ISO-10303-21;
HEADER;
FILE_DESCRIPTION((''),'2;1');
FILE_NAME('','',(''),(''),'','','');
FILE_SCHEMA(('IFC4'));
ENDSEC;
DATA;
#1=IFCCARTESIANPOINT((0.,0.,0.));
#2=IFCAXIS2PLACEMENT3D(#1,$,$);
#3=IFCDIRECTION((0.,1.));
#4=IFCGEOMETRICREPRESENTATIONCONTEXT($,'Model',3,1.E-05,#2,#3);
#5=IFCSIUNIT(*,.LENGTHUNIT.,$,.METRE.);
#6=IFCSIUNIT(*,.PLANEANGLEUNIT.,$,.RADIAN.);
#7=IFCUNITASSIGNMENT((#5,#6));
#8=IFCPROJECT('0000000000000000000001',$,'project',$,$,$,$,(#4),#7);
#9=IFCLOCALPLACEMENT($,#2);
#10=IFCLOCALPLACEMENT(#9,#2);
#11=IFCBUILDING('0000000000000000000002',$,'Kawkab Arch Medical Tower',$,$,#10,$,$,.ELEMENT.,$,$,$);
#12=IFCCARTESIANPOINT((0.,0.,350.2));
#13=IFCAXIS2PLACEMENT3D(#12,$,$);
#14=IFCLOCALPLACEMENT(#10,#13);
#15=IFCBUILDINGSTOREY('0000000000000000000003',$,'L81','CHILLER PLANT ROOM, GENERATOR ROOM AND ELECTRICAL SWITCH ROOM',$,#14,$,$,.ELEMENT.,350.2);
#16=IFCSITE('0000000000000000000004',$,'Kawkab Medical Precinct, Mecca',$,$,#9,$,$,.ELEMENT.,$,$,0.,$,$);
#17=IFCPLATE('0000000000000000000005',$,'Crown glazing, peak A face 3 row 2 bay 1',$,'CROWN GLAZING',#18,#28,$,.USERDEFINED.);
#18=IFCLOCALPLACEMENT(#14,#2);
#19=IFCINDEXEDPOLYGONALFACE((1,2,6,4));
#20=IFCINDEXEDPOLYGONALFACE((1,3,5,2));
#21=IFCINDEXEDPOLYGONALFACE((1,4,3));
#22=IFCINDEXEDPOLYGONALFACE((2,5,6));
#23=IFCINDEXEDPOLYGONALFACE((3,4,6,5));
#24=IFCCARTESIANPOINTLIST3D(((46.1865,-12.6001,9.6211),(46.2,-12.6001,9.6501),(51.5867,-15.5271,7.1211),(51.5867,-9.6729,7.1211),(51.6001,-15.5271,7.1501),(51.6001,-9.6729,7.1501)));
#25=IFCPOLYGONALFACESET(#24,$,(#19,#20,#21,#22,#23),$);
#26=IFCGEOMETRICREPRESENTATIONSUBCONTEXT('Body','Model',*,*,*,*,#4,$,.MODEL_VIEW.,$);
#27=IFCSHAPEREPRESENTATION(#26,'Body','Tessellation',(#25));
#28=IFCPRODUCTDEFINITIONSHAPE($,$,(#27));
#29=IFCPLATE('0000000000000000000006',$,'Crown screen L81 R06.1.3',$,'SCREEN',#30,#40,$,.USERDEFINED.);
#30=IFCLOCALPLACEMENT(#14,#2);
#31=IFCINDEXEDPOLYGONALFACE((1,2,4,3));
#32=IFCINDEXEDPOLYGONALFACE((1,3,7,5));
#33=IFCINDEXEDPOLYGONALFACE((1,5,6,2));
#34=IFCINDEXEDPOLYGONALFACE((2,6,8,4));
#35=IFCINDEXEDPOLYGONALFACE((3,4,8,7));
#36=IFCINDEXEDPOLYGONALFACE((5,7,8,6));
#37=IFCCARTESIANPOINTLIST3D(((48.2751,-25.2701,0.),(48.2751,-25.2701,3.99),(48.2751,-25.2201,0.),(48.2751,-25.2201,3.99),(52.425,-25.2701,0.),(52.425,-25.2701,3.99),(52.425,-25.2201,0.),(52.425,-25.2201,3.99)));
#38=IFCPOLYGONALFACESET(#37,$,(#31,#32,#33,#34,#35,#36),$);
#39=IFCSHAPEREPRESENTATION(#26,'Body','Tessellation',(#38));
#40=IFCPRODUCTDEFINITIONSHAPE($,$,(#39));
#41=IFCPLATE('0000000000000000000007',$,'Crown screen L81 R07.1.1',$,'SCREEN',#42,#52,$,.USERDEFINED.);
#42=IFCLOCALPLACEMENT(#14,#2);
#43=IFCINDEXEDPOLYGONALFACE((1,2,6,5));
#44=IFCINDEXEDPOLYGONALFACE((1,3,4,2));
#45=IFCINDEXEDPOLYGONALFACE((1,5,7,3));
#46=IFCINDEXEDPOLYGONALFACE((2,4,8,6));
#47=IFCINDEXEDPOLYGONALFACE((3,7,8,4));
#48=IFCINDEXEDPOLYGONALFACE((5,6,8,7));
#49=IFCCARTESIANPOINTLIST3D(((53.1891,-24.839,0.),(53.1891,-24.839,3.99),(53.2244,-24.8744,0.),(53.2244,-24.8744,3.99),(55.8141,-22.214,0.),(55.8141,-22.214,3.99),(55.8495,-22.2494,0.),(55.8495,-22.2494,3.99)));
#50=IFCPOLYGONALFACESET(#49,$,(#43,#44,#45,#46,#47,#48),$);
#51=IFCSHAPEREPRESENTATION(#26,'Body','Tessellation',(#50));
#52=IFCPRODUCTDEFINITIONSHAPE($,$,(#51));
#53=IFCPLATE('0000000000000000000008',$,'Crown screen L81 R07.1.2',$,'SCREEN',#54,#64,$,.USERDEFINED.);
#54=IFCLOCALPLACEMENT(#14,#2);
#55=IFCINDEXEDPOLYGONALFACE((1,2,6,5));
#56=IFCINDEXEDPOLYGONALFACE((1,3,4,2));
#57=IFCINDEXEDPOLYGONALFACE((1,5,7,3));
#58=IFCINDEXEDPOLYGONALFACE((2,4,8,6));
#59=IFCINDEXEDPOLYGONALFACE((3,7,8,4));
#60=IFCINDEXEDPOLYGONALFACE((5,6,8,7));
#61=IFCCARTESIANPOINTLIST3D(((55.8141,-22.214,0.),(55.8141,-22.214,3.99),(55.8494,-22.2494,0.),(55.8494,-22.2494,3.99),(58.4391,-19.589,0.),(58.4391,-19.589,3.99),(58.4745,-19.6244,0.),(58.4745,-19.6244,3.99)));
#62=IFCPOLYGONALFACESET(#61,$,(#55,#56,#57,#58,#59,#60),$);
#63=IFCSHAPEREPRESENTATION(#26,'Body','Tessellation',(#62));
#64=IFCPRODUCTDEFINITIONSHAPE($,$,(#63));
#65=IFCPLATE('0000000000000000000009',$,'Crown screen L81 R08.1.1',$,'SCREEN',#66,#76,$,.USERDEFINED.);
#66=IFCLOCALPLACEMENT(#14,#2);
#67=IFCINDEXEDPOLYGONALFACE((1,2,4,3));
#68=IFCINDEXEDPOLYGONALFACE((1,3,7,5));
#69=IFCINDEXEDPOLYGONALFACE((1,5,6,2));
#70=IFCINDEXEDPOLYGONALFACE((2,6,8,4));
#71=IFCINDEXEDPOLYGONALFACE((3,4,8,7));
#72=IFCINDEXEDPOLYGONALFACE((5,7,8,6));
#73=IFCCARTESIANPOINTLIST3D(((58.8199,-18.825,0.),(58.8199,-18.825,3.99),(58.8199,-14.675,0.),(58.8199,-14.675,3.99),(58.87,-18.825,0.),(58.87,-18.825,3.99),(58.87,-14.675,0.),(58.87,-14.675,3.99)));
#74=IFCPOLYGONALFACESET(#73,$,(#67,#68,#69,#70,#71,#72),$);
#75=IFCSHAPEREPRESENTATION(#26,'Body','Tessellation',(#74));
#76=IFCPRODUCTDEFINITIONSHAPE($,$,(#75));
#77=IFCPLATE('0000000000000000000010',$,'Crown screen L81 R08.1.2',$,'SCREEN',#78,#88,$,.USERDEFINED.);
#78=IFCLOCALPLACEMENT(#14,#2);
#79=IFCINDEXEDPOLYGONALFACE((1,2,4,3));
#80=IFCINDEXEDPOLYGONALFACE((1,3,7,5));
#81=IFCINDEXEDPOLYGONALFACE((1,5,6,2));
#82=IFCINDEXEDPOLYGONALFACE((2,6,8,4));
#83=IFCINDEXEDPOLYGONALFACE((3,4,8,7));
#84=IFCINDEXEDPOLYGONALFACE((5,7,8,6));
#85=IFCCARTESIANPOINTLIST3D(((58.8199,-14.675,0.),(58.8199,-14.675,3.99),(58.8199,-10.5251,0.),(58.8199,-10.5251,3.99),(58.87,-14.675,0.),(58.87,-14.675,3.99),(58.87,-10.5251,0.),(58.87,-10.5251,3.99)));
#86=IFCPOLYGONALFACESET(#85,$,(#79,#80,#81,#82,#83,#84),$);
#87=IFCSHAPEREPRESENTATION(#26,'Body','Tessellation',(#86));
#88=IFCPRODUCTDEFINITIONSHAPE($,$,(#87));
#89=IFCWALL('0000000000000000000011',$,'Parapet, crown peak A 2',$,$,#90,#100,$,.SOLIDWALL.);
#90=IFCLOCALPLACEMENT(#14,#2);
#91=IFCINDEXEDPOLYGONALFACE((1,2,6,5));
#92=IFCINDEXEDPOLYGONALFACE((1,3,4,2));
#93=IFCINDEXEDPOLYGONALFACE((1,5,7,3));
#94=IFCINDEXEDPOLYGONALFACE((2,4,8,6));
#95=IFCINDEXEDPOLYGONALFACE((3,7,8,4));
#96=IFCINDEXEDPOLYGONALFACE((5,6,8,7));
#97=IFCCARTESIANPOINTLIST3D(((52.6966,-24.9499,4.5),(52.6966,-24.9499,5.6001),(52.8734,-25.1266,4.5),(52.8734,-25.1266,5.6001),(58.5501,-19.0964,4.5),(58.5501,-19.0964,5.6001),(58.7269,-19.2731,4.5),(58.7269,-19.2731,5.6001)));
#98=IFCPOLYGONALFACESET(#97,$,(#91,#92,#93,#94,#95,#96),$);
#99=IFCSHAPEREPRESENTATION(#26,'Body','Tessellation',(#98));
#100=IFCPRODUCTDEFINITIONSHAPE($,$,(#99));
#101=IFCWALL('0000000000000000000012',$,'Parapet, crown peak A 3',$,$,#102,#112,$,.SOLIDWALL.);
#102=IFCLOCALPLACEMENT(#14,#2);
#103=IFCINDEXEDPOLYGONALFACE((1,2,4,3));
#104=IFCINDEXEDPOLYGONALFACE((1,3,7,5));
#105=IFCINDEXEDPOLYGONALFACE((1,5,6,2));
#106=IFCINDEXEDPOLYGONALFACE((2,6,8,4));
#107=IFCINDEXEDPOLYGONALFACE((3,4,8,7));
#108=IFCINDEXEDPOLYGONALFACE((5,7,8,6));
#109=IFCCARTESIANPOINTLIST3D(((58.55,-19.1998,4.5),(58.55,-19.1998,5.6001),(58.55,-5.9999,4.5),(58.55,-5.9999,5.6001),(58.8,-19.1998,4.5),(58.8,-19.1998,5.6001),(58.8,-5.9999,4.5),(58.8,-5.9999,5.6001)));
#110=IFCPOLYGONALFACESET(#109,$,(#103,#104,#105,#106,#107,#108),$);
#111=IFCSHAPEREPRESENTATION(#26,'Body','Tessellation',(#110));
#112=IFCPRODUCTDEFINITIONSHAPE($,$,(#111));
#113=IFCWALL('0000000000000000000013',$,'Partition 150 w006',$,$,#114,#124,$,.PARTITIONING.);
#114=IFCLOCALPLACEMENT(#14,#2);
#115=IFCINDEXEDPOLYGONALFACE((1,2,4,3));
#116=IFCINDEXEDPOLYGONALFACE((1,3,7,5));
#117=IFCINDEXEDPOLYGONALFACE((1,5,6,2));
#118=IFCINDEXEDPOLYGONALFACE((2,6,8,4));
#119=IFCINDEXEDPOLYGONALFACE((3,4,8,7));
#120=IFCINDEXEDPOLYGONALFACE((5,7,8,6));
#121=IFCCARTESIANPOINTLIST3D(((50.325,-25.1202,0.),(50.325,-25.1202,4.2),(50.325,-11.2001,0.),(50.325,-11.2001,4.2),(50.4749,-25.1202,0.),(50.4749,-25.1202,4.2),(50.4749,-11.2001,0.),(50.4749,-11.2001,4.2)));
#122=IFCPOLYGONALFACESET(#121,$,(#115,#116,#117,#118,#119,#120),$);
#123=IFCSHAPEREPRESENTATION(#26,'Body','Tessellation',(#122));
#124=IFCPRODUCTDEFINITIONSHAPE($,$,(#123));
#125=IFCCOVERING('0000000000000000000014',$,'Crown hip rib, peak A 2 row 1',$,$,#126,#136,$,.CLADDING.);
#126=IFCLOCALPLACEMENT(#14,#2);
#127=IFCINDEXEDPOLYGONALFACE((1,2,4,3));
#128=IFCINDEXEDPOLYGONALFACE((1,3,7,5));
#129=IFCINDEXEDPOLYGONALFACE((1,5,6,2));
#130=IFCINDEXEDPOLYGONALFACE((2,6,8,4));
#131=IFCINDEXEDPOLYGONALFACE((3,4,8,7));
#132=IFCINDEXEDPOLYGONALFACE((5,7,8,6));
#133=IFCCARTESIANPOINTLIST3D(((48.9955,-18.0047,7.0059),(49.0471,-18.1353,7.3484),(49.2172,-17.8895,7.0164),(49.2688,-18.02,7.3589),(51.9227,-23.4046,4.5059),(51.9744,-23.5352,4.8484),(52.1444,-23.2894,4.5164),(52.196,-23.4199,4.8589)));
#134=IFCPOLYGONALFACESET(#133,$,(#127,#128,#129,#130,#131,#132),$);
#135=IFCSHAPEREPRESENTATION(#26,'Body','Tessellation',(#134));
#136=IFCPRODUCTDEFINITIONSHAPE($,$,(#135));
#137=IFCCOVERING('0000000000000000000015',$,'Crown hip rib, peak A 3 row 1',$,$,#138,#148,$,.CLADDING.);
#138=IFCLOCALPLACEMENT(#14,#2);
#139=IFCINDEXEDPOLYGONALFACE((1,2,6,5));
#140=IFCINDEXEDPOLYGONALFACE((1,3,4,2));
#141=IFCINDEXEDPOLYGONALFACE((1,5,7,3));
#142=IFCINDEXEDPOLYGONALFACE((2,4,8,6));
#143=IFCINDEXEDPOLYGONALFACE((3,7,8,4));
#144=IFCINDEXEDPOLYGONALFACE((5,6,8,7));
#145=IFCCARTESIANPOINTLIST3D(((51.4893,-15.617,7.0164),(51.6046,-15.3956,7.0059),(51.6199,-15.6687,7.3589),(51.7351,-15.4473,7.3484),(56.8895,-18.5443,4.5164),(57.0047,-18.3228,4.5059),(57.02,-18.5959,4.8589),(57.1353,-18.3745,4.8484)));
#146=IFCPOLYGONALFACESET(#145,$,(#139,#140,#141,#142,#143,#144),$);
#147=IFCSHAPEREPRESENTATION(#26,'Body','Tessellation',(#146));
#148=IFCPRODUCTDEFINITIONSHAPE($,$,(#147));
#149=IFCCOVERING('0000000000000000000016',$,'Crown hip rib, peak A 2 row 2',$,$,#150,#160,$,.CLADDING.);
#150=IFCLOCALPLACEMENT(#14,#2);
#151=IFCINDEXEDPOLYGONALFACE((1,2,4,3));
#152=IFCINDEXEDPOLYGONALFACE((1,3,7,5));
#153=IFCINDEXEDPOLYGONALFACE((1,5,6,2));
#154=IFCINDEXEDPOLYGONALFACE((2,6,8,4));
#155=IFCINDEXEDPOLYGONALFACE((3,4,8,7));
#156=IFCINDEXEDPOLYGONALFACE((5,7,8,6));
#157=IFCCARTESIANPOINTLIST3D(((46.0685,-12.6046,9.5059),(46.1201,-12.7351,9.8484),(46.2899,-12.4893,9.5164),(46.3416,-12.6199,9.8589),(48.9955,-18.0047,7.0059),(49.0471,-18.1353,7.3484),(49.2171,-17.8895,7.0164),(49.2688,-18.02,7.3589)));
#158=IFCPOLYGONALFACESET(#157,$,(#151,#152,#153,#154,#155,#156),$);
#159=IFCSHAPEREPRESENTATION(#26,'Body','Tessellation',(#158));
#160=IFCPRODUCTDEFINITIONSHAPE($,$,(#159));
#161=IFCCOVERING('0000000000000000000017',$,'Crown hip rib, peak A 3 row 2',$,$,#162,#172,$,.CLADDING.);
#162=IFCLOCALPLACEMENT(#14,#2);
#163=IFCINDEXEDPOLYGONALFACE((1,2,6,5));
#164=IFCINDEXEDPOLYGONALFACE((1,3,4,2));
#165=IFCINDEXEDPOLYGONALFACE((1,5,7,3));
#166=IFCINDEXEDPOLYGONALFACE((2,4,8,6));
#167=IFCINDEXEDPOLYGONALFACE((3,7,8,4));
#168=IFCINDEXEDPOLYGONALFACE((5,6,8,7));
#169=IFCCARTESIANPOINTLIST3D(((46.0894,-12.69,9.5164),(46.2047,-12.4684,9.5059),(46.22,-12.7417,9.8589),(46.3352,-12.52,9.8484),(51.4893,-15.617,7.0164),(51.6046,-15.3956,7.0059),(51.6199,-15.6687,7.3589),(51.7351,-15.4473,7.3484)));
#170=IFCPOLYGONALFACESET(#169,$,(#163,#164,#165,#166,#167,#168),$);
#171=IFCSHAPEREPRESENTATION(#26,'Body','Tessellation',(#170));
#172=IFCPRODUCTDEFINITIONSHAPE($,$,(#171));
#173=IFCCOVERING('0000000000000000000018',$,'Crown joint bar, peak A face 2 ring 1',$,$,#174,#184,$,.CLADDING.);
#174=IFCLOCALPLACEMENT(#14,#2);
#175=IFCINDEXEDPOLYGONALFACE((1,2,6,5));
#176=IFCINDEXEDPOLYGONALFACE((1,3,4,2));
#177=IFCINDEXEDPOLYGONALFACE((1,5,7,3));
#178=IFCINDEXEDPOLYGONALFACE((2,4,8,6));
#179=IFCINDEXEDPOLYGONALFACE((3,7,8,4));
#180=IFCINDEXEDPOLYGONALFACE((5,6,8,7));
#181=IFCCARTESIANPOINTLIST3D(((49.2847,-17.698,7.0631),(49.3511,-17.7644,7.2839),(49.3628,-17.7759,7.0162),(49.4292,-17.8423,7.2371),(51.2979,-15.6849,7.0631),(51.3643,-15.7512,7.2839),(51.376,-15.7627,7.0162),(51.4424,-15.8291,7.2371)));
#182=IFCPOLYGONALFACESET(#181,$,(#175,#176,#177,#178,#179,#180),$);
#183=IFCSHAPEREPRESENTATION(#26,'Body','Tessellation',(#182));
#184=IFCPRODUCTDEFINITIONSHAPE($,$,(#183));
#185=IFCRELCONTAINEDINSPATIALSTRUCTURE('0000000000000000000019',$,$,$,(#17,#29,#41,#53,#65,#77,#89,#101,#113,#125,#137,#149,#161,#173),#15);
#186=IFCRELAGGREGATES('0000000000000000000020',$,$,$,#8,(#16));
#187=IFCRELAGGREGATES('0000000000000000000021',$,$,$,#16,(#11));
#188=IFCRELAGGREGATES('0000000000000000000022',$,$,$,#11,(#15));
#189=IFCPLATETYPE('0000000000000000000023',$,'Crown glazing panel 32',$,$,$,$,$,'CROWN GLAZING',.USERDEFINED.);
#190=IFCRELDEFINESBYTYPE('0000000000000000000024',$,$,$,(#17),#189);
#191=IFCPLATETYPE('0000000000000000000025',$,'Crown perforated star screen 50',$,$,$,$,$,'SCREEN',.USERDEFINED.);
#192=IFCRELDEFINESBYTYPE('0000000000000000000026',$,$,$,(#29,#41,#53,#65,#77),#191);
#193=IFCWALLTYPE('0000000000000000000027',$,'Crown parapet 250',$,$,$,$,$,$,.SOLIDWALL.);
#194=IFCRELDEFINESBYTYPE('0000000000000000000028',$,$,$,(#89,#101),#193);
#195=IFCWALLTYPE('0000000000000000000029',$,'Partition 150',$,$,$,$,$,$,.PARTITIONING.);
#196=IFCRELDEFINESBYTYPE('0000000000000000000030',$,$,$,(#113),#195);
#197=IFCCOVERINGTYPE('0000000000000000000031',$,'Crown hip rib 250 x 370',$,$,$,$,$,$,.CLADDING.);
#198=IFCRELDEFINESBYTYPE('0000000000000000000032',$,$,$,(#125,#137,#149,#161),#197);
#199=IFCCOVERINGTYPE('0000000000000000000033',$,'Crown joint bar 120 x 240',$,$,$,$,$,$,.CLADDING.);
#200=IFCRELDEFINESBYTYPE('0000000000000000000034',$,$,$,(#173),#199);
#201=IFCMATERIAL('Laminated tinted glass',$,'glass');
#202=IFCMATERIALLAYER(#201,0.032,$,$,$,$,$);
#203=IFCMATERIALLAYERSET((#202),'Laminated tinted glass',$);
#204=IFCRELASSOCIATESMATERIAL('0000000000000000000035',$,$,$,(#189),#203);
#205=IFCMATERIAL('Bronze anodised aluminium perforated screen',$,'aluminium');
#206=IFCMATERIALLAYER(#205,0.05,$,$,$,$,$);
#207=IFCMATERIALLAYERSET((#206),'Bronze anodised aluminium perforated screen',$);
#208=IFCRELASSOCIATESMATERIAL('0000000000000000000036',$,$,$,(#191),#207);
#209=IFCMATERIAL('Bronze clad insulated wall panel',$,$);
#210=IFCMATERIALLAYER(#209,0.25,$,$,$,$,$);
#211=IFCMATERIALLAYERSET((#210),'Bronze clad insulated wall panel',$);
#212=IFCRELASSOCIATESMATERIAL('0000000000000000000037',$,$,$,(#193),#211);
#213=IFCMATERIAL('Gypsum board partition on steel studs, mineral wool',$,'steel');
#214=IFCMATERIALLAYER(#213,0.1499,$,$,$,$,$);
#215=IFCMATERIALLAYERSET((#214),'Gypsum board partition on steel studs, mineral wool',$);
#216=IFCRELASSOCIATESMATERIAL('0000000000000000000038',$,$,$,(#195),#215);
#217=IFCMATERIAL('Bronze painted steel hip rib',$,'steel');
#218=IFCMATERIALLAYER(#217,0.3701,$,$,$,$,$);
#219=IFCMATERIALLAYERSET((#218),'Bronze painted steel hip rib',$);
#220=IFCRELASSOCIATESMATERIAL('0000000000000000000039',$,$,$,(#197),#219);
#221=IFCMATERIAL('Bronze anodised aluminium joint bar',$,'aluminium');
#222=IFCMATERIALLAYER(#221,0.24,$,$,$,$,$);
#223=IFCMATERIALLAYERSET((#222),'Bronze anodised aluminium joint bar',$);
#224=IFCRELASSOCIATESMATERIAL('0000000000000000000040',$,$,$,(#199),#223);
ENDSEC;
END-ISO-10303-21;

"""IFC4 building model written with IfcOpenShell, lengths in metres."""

from ifc_helpers import new_model, si_unit, direction, frame, frame_2d, origin, origin_2d, place, context, subcontext, project, spatial, polyline, rectangle, outline, extrude, material, layer, layer_set, type_object, element, save


model = new_model("IFC4")

# Units and contexts
model_context = context("Model", 3, precision=1e-05, world=origin(), true_north=direction((0.0, 1.0)))
body_context = subcontext(model_context, "Body", "Model", "MODEL_VIEW")
ifc_project = project(units=[si_unit("LENGTHUNIT", "METRE"), si_unit("PLANEANGLEUNIT", "RADIAN")], contexts=[model_context])

# Site, building, storey
site_placement = place(None, origin())
site = spatial("IfcSite", under=ifc_project, at=site_placement, Name="Kawkab Medical Precinct, Mecca", CompositionType="ELEMENT", RefElevation=0.0)
building_placement = place(site_placement, origin())
building = spatial("IfcBuilding", under=site, at=building_placement, Name="Kawkab Arch Medical Tower", CompositionType="ELEMENT")
storey_placement = place(building_placement, frame((0.0, 0.0, 350.2)))
storey = spatial("IfcBuildingStorey", under=building, at=storey_placement, Name="L81", Description="CHILLER PLANT ROOM, GENERATOR ROOM AND ELECTRICAL SWITCH ROOM", CompositionType="ELEMENT", Elevation=350.2)

# Plates
ifc_material_1 = material(Name="Laminated tinted glass", Category="glass")
ifc_layer_1 = layer(ifc_material_1, 0.032)
ifc_layer_set_1 = layer_set([ifc_layer_1], Name="Laminated tinted glass")
plate_type_1 = type_object("IfcPlateType", Name="Crown glazing panel 32", ElementType="CROWN GLAZING", PredefinedType="USERDEFINED", material=ifc_layer_set_1)
plate_1_placement = place(storey_placement, frame((51.6001, -15.5271, 7.1501), z_axis=(0.420114, 0.0, 0.907471), x_axis=(0.0, 1.0, 0.0)))
element("IfcPlate", 1, at=plate_1_placement, inside=storey, type_object=plate_type_1, Name="Crown glazing, peak A face 3 row 2 bay 1", ObjectType="CROWN GLAZING", PredefinedType="USERDEFINED", context=body_context, shape_type="SweptSolid", body=[
    extrude(outline(polyline([(0.0, 0.0), (5.8542, 0.0), (2.927, 5.9508), (0.0, 0.0)])), origin(), (0.0, 0.0, -1.0), 0.032),
])
ifc_material_2 = material(Name="Bronze anodised aluminium perforated screen", Category="aluminium")
ifc_layer_2 = layer(ifc_material_2, 0.05)
ifc_layer_set_2 = layer_set([ifc_layer_2], Name="Bronze anodised aluminium perforated screen")
plate_type_2 = type_object("IfcPlateType", Name="Crown perforated star screen 50", ElementType="SCREEN", PredefinedType="USERDEFINED", material=ifc_layer_set_2)
plate_2_placement = place(storey_placement, frame((50.3501, -25.2451, 0.0), z_axis=(0.0, 0.0, 1.0), x_axis=(1.0, 0.0, 0.0)))
element("IfcPlate", 2, at=plate_2_placement, inside=storey, type_object=plate_type_2, Name="Crown screen L81 R06.1.3", ObjectType="SCREEN", PredefinedType="USERDEFINED", context=body_context, shape_type="SweptSolid", body=[
    extrude(rectangle(XDim=4.1499, YDim=0.05, at=origin_2d()), origin(), (0.0, 0.0, 1.0), 3.99),
])
for number, where, z_axis, x_axis, name in (
    (3, (54.5193, -23.5442, 0.0), (0.0, 0.0, 1.0), (0.707107, 0.707107, 0.0), "Crown screen L81 R07.1.1"),
    (4, (57.1443, -20.9192, 0.0), (0.0, 0.0, 1.0), (0.707107, 0.707107, 0.0), "Crown screen L81 R07.1.2"),
):
    element("IfcPlate", number, at=place(storey_placement, frame(where, z_axis=z_axis, x_axis=x_axis)), inside=storey, type_object=plate_type_2, Name=name, ObjectType="SCREEN", PredefinedType="USERDEFINED", context=body_context, shape_type="SweptSolid", body=[
        extrude(rectangle(XDim=3.7124, YDim=0.05, at=origin_2d()), origin(), (0.0, 0.0, 1.0), 3.99),
    ])
for number, where, z_axis, x_axis, name in (
    (5, (58.845, -16.75, 0.0), (0.0, 0.0, 1.0), (0.0, 1.0, 0.0), "Crown screen L81 R08.1.1"),
    (6, (58.845, -12.6001, 0.0), (0.0, 0.0, 1.0), (0.0, 1.0, 0.0), "Crown screen L81 R08.1.2"),
):
    element("IfcPlate", number, at=place(storey_placement, frame(where, z_axis=z_axis, x_axis=x_axis)), inside=storey, type_object=plate_type_2, Name=name, ObjectType="SCREEN", PredefinedType="USERDEFINED", context=body_context, shape_type="SweptSolid", body=[
        extrude(rectangle(XDim=4.1499, YDim=0.05, at=origin_2d()), origin(), (0.0, 0.0, 1.0), 3.99),
    ])

# Walls
ifc_material_3 = material(Name="Bronze clad insulated wall panel")
ifc_layer_3 = layer(ifc_material_3, 0.25)
ifc_layer_set_3 = layer_set([ifc_layer_3], Name="Bronze clad insulated wall panel")
wall_type_1 = type_object("IfcWallType", Name="Crown parapet 250", PredefinedType="SOLIDWALL", material=ifc_layer_set_3)
wall_1_placement = place(storey_placement, frame((52.7849, -25.0383, 4.5), z_axis=(0.0, 0.0, 1.0), x_axis=(0.707107, 0.707107, 0.0)))
element("IfcWall", 7, at=wall_1_placement, inside=storey, type_object=wall_type_1, Name="Parapet, crown peak A 2", PredefinedType="SOLIDWALL", context=body_context, shape_type="SweptSolid", body=[
    extrude(rectangle(XDim=8.2781, YDim=0.25, at=frame_2d((4.1392, 0.0))), origin(), (0.0, 0.0, 1.0), 1.1001),
])
wall_2_placement = place(storey_placement, frame((58.675, -19.2, 4.5), z_axis=(0.0, 0.0, 1.0), x_axis=(0.0, 1.0, 0.0)))
element("IfcWall", 8, at=wall_2_placement, inside=storey, type_object=wall_type_1, Name="Parapet, crown peak A 3", PredefinedType="SOLIDWALL", context=body_context, shape_type="SweptSolid", body=[
    extrude(rectangle(XDim=13.2, YDim=0.25, at=frame_2d((6.6001, 0.0))), origin(), (0.0, 0.0, 1.0), 1.1001),
])
ifc_material_4 = material(Name="Gypsum board partition on steel studs, mineral wool", Category="steel")
ifc_layer_4 = layer(ifc_material_4, 0.1499)
ifc_layer_set_4 = layer_set([ifc_layer_4], Name="Gypsum board partition on steel studs, mineral wool")
wall_type_2 = type_object("IfcWallType", Name="Partition 150", PredefinedType="PARTITIONING", material=ifc_layer_set_4)
wall_3_placement = place(storey_placement, frame((50.3999, -25.1201, 0.0), z_axis=(0.0, 0.0, 1.0), x_axis=(0.0, 1.0, 0.0)))
element("IfcWall", 9, at=wall_3_placement, inside=storey, type_object=wall_type_2, Name="Partition 150 w006", PredefinedType="PARTITIONING", context=body_context, shape_type="SweptSolid", body=[
    extrude(rectangle(XDim=13.9202, YDim=0.1499, at=frame_2d((6.96, 0.0))), origin(), (0.0, 0.0, 1.0), 4.2),
])

# Coverings
ifc_material_5 = material(Name="Bronze painted steel hip rib", Category="steel")
ifc_layer_5 = layer(ifc_material_5, 0.3701)
ifc_layer_set_5 = layer_set([ifc_layer_5], Name="Bronze painted steel hip rib")
covering_type_1 = type_object("IfcCoveringType", Name="Crown hip rib 250 x 370", PredefinedType="CLADDING", material=ifc_layer_set_5)
covering_1_placement = place(storey_placement, frame((52.196, -23.4199, 4.8589), z_axis=(0.139539, -0.352728, 0.925263), x_axis=(-0.441411, 0.814272, 0.376985)))
element("IfcCovering", 10, at=covering_1_placement, inside=storey, type_object=covering_type_1, Name="Crown hip rib, peak A 2 row 1", PredefinedType="CLADDING", context=body_context, shape_type="SweptSolid", body=[
    extrude(outline(polyline([(0.0, 0.0), (6.6316, 0.0), (6.6316, 0.2501), (0.0001, 0.2501), (0.0, 0.0)])), origin(), (0.0, 0.0, -1.0), 0.3701),
])
covering_2_placement = place(storey_placement, frame((57.1353, -18.3745, 4.8484), z_axis=(0.352654, -0.139654, 0.925274), x_axis=(-0.814285, 0.441398, 0.376973)))
element("IfcCovering", 11, at=covering_2_placement, inside=storey, type_object=covering_type_1, Name="Crown hip rib, peak A 3 row 1", PredefinedType="CLADDING", context=body_context, shape_type="SweptSolid", body=[
    extrude(outline(polyline([(0.0, 0.0), (6.6318, 0.0), (6.6318, 0.2498), (0.0, 0.2498), (0.0, 0.0)])), origin(), (0.0, 0.0, -1.0), 0.3701),
])
covering_3_placement = place(storey_placement, frame((49.2688, -18.02, 7.3589), z_axis=(0.139594, -0.352688, 0.92527), x_axis=(-0.441397, 0.814284, 0.376976)))
element("IfcCovering", 12, at=covering_3_placement, inside=storey, type_object=covering_type_1, Name="Crown hip rib, peak A 2 row 2", PredefinedType="CLADDING", context=body_context, shape_type="SweptSolid", body=[
    extrude(outline(polyline([(0.0, 0.0), (6.6318, 0.0), (6.6317, 0.2498), (0.0001, 0.2501), (0.0, 0.0)])), origin(), (0.0, 0.0, -1.0), 0.3701),
])
covering_4_placement = place(storey_placement, frame((51.7351, -15.4473, 7.3484), z_axis=(0.352698, -0.1396, 0.925265), x_axis=(-0.814271, 0.44141, 0.376987)))
element("IfcCovering", 13, at=covering_4_placement, inside=storey, type_object=covering_type_1, Name="Crown hip rib, peak A 3 row 2", PredefinedType="CLADDING", context=body_context, shape_type="SweptSolid", body=[
    extrude(outline(polyline([(0.0, 0.0), (6.6316, 0.0), (6.6315, 0.2501), (0.0, 0.2498), (0.0, 0.0)])), origin(), (0.0, 0.0, -1.0), 0.3701),
])
ifc_material_6 = material(Name="Bronze anodised aluminium joint bar", Category="aluminium")
ifc_layer_6 = layer(ifc_material_6, 0.24)
ifc_layer_set_6 = layer_set([ifc_layer_6], Name="Bronze anodised aluminium joint bar")
covering_type_2 = type_object("IfcCoveringType", Name="Crown joint bar 120 x 240", PredefinedType="CLADDING", material=ifc_layer_set_6)
covering_5_placement = place(storey_placement, frame((49.4292, -17.8423, 7.2371), z_axis=(0.276539, -0.276539, 0.920355), x_axis=(0.707107, 0.707107, 0.0)))
element("IfcCovering", 14, at=covering_5_placement, inside=storey, type_object=covering_type_2, Name="Crown joint bar, peak A face 2 ring 1", PredefinedType="CLADDING", context=body_context, shape_type="SweptSolid", body=[
    extrude(outline(polyline([(0.0, 0.0), (2.8471, 0.0), (2.8469, 0.1199), (-0.0002, 0.1199), (0.0, 0.0)])), origin(), (0.0, 0.0, -1.0), 0.24),
])

save(model, "model.ifc")
